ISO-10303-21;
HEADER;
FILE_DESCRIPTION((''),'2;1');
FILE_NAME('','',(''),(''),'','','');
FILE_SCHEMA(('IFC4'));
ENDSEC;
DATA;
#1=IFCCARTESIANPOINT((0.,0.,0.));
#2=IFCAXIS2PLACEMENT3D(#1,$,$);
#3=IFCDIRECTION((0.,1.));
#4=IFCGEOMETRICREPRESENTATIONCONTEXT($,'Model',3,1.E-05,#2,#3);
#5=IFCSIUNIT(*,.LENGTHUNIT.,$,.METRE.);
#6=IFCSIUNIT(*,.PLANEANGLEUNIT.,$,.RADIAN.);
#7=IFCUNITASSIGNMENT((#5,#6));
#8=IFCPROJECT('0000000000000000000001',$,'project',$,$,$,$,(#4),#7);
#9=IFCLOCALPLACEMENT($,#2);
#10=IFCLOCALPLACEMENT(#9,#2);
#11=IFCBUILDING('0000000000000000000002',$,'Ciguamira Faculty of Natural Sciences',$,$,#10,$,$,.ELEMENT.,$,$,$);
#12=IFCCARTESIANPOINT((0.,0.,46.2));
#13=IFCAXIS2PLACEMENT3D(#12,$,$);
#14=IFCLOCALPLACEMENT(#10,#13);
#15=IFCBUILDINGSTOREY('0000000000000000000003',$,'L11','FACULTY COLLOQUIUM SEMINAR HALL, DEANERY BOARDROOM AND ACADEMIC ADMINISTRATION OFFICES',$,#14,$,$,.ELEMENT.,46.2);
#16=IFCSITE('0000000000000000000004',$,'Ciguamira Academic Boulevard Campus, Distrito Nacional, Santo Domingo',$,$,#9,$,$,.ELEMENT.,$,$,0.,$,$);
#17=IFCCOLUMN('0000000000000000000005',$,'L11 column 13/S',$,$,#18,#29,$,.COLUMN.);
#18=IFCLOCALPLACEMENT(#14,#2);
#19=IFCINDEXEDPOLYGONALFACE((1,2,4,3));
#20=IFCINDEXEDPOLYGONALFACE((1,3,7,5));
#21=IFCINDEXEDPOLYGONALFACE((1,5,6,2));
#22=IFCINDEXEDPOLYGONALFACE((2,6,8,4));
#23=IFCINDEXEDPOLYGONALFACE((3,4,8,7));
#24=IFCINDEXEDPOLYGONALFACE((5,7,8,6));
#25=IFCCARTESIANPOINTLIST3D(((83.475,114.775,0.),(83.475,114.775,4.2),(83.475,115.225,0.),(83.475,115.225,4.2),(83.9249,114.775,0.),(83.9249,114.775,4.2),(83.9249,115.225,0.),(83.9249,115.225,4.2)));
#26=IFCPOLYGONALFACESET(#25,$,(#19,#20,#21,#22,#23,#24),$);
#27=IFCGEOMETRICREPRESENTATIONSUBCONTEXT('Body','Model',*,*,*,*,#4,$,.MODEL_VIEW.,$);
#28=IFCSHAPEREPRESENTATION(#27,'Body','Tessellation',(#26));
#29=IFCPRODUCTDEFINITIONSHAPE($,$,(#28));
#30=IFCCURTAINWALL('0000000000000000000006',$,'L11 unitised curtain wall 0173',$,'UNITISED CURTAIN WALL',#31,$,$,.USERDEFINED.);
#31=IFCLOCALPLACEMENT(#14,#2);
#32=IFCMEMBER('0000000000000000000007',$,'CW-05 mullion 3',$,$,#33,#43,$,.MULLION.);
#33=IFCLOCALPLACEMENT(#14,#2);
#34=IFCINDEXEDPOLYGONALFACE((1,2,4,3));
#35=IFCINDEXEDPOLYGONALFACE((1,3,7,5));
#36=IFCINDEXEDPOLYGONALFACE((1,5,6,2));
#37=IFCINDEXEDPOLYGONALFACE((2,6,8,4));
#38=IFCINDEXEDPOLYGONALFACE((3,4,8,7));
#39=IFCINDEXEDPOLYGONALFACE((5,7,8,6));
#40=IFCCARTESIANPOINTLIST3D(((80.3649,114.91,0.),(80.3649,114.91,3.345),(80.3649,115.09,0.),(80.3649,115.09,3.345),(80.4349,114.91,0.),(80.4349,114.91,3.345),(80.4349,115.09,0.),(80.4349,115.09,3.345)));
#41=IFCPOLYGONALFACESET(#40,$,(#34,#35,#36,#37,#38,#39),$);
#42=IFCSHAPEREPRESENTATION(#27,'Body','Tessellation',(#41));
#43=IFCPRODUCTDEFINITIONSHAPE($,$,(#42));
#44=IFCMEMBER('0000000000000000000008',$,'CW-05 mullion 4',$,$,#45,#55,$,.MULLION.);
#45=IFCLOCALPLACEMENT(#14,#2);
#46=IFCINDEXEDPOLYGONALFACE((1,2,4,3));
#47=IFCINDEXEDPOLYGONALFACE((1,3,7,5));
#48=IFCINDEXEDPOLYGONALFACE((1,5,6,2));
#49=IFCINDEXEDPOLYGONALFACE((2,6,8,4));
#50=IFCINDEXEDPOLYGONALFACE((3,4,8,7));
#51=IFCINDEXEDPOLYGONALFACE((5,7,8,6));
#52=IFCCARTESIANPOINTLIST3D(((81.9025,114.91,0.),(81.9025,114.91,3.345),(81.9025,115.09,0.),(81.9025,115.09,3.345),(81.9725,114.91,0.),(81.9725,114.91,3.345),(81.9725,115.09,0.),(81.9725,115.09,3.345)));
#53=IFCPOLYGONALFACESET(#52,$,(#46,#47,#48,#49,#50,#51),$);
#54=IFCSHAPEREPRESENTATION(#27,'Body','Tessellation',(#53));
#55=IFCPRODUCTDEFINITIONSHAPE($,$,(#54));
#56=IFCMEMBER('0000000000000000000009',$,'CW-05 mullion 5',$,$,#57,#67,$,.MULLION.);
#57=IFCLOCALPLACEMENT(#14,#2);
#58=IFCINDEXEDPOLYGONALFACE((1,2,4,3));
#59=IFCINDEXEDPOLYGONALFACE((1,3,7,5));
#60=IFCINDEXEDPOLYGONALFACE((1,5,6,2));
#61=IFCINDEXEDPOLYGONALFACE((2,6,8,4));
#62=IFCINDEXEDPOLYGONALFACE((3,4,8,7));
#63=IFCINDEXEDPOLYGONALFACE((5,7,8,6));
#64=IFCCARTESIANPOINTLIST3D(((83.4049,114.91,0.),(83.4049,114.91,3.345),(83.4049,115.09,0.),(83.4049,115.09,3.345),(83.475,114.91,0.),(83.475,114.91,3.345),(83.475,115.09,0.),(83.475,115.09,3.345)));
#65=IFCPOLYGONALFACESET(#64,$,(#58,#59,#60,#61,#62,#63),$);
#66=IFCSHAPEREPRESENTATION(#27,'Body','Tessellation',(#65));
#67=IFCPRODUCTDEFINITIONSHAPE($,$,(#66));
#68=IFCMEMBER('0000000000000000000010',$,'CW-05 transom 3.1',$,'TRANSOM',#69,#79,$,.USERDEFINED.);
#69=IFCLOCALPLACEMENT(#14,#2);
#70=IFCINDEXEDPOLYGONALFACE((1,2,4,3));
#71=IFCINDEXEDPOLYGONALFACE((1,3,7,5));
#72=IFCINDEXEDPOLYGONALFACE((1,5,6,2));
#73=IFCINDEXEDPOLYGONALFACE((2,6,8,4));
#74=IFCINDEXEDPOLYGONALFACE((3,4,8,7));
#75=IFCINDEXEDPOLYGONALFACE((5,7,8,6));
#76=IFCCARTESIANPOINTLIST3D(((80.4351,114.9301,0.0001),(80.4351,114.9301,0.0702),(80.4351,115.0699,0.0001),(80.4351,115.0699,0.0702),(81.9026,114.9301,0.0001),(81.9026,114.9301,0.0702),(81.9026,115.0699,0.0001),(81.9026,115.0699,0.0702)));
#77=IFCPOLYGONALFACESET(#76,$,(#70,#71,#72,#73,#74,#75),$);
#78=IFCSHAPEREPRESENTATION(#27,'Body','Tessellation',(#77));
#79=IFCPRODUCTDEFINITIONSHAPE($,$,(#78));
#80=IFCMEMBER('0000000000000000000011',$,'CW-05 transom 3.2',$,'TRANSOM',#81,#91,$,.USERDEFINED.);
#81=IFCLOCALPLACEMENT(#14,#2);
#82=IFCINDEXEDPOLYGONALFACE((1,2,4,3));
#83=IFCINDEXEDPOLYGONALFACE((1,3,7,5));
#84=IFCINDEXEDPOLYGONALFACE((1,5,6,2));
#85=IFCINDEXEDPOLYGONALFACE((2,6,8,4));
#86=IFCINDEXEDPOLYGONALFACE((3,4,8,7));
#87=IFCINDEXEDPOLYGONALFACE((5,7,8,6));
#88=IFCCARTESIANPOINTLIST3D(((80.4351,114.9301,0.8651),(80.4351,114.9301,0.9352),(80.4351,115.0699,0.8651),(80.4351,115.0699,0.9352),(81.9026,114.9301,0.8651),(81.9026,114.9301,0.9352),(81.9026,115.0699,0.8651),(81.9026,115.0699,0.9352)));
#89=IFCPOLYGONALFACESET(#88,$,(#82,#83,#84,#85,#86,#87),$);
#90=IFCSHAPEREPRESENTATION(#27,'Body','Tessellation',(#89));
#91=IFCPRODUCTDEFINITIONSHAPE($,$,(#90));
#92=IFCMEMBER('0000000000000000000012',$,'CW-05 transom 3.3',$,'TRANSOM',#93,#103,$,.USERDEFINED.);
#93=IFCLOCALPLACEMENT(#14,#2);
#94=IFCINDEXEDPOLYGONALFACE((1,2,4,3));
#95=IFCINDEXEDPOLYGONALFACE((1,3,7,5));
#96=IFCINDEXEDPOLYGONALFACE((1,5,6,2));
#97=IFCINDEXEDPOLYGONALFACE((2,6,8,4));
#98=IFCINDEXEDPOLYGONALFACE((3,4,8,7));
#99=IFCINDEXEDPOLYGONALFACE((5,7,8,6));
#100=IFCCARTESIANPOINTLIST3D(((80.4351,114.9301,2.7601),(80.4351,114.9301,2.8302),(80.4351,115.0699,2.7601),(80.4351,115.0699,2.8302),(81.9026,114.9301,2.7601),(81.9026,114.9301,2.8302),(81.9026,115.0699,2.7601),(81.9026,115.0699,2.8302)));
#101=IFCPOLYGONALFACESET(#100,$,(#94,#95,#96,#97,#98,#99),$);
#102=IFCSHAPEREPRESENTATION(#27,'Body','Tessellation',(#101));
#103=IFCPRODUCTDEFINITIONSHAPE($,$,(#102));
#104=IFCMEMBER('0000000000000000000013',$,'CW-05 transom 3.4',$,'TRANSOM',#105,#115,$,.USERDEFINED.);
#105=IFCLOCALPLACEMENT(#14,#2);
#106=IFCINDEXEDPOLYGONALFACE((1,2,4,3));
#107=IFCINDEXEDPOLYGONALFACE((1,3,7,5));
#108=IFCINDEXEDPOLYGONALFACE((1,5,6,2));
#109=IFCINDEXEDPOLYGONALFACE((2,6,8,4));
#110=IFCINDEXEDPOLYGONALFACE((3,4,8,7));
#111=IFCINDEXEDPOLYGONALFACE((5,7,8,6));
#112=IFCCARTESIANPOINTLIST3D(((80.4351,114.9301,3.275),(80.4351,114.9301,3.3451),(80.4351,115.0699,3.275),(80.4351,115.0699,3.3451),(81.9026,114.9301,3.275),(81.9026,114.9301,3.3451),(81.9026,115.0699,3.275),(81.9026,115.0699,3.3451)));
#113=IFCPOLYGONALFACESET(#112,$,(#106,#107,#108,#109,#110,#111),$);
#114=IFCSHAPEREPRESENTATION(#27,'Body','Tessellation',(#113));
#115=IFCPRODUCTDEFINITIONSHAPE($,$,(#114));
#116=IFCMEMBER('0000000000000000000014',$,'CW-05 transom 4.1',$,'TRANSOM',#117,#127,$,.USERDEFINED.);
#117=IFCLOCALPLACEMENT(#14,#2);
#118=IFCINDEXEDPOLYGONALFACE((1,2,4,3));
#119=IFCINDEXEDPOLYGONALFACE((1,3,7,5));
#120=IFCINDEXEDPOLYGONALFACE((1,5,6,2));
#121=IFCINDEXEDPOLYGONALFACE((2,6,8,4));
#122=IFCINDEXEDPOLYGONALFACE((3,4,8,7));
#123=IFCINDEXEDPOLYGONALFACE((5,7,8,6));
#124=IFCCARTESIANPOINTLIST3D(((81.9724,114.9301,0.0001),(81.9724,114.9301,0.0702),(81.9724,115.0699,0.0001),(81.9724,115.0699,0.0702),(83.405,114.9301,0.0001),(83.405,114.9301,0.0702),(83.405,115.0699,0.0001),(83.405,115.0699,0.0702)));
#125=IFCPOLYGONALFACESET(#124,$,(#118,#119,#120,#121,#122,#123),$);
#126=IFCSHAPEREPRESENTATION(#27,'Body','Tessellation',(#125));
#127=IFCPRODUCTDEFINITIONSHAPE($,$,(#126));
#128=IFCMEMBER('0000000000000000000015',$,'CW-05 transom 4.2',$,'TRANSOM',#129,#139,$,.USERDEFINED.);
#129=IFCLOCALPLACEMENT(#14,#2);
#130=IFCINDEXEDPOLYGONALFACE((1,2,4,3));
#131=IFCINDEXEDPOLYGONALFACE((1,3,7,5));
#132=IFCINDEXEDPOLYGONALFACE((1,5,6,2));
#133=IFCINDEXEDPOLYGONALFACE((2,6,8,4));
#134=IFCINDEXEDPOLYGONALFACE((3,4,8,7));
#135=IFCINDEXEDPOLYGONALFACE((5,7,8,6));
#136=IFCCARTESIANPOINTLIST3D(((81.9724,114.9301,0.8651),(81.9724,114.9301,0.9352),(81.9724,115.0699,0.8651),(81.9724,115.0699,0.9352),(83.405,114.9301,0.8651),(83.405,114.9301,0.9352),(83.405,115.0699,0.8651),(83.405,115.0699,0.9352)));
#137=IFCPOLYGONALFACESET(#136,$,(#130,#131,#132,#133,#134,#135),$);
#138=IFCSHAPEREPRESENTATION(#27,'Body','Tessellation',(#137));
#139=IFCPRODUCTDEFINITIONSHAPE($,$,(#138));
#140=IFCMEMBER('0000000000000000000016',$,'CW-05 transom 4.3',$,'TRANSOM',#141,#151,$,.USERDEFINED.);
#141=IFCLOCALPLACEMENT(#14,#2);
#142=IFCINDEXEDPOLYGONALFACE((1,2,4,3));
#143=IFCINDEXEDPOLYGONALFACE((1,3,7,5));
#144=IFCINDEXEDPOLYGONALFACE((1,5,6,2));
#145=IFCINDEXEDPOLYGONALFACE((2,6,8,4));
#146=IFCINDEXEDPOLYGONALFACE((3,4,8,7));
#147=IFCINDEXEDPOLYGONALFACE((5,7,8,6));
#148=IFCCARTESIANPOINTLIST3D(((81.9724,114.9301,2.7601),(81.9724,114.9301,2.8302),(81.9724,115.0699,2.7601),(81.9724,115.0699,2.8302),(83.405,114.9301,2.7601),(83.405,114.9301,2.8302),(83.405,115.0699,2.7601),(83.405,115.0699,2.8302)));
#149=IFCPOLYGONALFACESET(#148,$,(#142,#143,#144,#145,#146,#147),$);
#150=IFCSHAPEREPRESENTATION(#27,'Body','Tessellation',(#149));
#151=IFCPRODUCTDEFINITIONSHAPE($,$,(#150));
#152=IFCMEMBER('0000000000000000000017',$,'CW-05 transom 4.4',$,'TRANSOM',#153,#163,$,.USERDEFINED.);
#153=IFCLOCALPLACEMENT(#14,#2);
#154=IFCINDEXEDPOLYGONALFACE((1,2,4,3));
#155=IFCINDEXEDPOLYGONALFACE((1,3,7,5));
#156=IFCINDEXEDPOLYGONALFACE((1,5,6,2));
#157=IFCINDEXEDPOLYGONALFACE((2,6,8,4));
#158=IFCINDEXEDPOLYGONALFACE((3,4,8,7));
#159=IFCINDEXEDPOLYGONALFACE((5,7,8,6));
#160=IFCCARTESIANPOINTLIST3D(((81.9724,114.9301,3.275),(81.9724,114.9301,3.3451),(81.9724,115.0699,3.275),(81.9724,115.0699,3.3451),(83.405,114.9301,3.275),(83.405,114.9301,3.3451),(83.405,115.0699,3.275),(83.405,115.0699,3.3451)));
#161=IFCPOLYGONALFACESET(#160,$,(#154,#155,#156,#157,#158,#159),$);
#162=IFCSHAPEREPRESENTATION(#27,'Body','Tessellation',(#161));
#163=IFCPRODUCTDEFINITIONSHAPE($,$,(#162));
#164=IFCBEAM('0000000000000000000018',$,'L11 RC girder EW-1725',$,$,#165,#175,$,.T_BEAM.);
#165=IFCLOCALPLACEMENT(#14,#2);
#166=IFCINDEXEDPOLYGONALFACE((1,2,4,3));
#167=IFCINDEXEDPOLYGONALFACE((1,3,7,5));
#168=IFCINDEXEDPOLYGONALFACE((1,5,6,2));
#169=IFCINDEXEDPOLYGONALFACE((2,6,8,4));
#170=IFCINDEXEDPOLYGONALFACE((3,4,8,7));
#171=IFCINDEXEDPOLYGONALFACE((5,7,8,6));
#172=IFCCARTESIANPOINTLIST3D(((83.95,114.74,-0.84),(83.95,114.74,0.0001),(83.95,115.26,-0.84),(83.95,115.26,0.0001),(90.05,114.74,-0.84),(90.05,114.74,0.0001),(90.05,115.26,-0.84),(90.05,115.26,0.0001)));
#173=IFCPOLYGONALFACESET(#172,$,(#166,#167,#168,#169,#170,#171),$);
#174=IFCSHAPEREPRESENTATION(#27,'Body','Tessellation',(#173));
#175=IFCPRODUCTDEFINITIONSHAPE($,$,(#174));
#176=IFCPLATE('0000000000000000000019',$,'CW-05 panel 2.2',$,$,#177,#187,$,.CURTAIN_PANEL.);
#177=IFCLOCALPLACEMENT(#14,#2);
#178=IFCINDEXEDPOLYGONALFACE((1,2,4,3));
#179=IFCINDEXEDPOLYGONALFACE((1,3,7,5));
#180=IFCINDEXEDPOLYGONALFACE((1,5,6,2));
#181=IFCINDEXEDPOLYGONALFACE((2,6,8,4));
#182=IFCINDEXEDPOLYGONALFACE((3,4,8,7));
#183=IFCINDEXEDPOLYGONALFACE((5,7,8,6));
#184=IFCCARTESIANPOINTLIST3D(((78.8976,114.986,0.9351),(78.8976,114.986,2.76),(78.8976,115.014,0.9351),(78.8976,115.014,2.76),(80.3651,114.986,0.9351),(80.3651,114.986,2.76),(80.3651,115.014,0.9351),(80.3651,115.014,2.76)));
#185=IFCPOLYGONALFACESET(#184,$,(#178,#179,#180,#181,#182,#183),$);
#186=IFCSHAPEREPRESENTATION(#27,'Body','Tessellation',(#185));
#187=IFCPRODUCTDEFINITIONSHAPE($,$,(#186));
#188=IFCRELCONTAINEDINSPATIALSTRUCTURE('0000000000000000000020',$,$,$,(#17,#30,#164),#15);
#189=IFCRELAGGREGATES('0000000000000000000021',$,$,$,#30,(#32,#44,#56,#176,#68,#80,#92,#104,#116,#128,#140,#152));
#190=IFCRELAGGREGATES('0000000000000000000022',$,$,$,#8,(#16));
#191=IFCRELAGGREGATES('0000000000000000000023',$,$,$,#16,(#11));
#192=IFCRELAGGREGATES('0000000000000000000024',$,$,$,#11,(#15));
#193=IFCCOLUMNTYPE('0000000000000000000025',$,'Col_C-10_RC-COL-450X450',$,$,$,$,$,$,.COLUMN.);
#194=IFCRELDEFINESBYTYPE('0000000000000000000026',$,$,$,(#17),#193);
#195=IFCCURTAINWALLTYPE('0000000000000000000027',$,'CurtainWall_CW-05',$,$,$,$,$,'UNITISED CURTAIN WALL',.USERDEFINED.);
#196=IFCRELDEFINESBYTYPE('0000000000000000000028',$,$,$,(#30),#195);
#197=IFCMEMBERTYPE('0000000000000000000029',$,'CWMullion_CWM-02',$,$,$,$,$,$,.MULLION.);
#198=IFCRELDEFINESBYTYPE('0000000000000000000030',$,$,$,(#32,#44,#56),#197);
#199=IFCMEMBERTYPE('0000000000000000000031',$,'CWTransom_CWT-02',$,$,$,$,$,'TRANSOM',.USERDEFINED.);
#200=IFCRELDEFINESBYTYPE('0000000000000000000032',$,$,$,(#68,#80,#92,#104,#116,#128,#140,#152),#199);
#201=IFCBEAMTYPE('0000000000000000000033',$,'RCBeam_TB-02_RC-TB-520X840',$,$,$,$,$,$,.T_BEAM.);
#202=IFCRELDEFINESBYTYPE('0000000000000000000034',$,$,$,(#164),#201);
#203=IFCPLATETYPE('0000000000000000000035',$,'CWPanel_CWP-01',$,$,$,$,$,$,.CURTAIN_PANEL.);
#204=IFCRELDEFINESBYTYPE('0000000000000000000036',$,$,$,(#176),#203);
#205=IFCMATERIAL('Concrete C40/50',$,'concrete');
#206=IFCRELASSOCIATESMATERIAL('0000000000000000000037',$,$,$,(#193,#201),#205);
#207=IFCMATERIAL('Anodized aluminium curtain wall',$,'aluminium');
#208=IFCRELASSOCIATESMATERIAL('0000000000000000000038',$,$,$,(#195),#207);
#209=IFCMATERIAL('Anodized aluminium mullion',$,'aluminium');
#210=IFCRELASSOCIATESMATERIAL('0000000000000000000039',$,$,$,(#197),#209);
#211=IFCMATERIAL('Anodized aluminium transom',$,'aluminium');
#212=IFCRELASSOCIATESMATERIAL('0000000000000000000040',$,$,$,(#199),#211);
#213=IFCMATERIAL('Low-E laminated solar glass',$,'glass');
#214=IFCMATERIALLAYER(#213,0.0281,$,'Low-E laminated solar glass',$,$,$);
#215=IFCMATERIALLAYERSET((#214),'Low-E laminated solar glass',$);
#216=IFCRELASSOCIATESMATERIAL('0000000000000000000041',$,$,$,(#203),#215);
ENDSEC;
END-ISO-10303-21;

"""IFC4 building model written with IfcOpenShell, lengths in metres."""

from ifc_helpers import new_model, si_unit, direction, frame, origin, origin_2d, place, context, subcontext, project, spatial, rectangle, extrude, material, layer, layer_set, material_profile, profile_set, type_object, element, aggregate, save


model = new_model("IFC4")

# Units and contexts
model_context = context("Model", 3, precision=1e-05, world=origin(), true_north=direction((0.0, 1.0)))
body_context = subcontext(model_context, "Body", "Model", "MODEL_VIEW")
ifc_project = project(units=[si_unit("LENGTHUNIT", "METRE"), si_unit("PLANEANGLEUNIT", "RADIAN")], contexts=[model_context])

# Site, building, storey
site_placement = place(None, origin())
site = spatial("IfcSite", under=ifc_project, at=site_placement, Name="Ciguamira Academic Boulevard Campus, Distrito Nacional, Santo Domingo", CompositionType="ELEMENT", RefElevation=0.0)
building_placement = place(site_placement, origin())
building = spatial("IfcBuilding", under=site, at=building_placement, Name="Ciguamira Faculty of Natural Sciences", CompositionType="ELEMENT")
storey_placement = place(building_placement, frame((0.0, 0.0, 46.2)))
storey = spatial("IfcBuildingStorey", under=building, at=storey_placement, Name="L11", Description="FACULTY COLLOQUIUM SEMINAR HALL, DEANERY BOARDROOM AND ACADEMIC ADMINISTRATION OFFICES", CompositionType="ELEMENT", Elevation=46.2)

# Column
ifc_material_1 = material(Name="Concrete C40/50", Category="concrete")
ifc_material_profile_1 = material_profile(ifc_material_1, rectangle(XDim=0.45, YDim=0.45, at=origin_2d()), Name="RC-COL-450X450")
ifc_profile_set_1 = profile_set([ifc_material_profile_1], Name="Concrete C40/50")
column_type = type_object("IfcColumnType", Name="Col_C-10_RC-COL-450X450", PredefinedType="COLUMN", material=ifc_profile_set_1)
column_placement = place(storey_placement, frame((83.7, 115.0, 0.0), z_axis=(0.0, 0.0, 1.0), x_axis=(1.0, 0.0, 0.0)))
element("IfcColumn", 1, at=column_placement, inside=storey, type_object=column_type, Name="L11 column 13/S", PredefinedType="COLUMN", context=body_context, shape_type="SweptSolid", body=[
    extrude(rectangle(XDim=0.45, YDim=0.45, at=origin_2d()), origin(), (0.0, 0.0, 1.0), 4.2),
])

# Curtain wall, members
ifc_material_2 = material(Name="Anodized aluminium curtain wall", Category="aluminium")
curtain_wall_type = type_object("IfcCurtainWallType", Name="CurtainWall_CW-05", ElementType="UNITISED CURTAIN WALL", PredefinedType="USERDEFINED", material=ifc_material_2)
curtain_wall_placement = place(storey_placement, origin())
curtain_wall = element("IfcCurtainWall", 2, at=curtain_wall_placement, inside=storey, type_object=curtain_wall_type, Name="L11 unitised curtain wall 0173", ObjectType="UNITISED CURTAIN WALL", PredefinedType="USERDEFINED")
ifc_material_3 = material(Name="Anodized aluminium mullion", Category="aluminium")
ifc_material_profile_2 = material_profile(ifc_material_3, rectangle(XDim=0.0701, YDim=0.1799, at=origin_2d()), Name="ALU-MUL-70X180")
ifc_profile_set_2 = profile_set([ifc_material_profile_2], Name="Anodized aluminium mullion")
member_type_1 = type_object("IfcMemberType", Name="CWMullion_CWM-02", PredefinedType="MULLION", material=ifc_profile_set_2)
member_1_placement = place(storey_placement, frame((80.3999, 115.0, 0.0), z_axis=(0.0, 0.0, 1.0), x_axis=(1.0, 0.0, 0.0)))
member_1 = element("IfcMember", 3, at=member_1_placement, type_object=member_type_1, Name="CW-05 mullion 3", PredefinedType="MULLION", context=body_context, shape_type="SweptSolid", body=[
    extrude(rectangle(XDim=0.0701, YDim=0.1799, at=origin_2d()), origin(), (0.0, 0.0, 1.0), 3.345),
])
member_2_placement = place(storey_placement, frame((81.9375, 115.0, 0.0), z_axis=(0.0, 0.0, 1.0), x_axis=(1.0, 0.0, 0.0)))
member_2 = element("IfcMember", 4, at=member_2_placement, type_object=member_type_1, Name="CW-05 mullion 4", PredefinedType="MULLION", context=body_context, shape_type="SweptSolid", body=[
    extrude(rectangle(XDim=0.0701, YDim=0.1799, at=origin_2d()), origin(), (0.0, 0.0, 1.0), 3.345),
])
member_3_placement = place(storey_placement, frame((83.4399, 115.0, 0.0), z_axis=(0.0, 0.0, 1.0), x_axis=(1.0, 0.0, 0.0)))
member_3 = element("IfcMember", 5, at=member_3_placement, type_object=member_type_1, Name="CW-05 mullion 5", PredefinedType="MULLION", context=body_context, shape_type="SweptSolid", body=[
    extrude(rectangle(XDim=0.0701, YDim=0.1799, at=origin_2d()), origin(), (0.0, 0.0, 1.0), 3.345),
])
ifc_material_4 = material(Name="Anodized aluminium transom", Category="aluminium")
ifc_material_profile_3 = material_profile(ifc_material_4, rectangle(XDim=0.0701, YDim=0.1399, at=origin_2d()), Name="ALU-TRN-70X140")
ifc_profile_set_3 = profile_set([ifc_material_profile_3], Name="Anodized aluminium transom")
member_type_2 = type_object("IfcMemberType", Name="CWTransom_CWT-02", ElementType="TRANSOM", PredefinedType="USERDEFINED", material=ifc_profile_set_3)
member_4_placement = place(storey_placement, frame((80.4351, 115.0, 0.0352), z_axis=(1.0, 0.0, 0.0), x_axis=(0.0, 0.0, 1.0)))
member_4 = element("IfcMember", 6, at=member_4_placement, type_object=member_type_2, Name="CW-05 transom 3.1", ObjectType="TRANSOM", PredefinedType="USERDEFINED", context=body_context, shape_type="SweptSolid", body=[
    extrude(rectangle(XDim=0.0701, YDim=0.1399, at=origin_2d()), origin(), (0.0, 0.0, 1.0), 1.4675),
])
member_5_placement = place(storey_placement, frame((80.4351, 115.0, 0.9001), z_axis=(1.0, 0.0, 0.0), x_axis=(0.0, 0.0, 1.0)))
member_5 = element("IfcMember", 7, at=member_5_placement, type_object=member_type_2, Name="CW-05 transom 3.2", ObjectType="TRANSOM", PredefinedType="USERDEFINED", context=body_context, shape_type="SweptSolid", body=[
    extrude(rectangle(XDim=0.0701, YDim=0.1399, at=origin_2d()), origin(), (0.0, 0.0, 1.0), 1.4675),
])
member_6_placement = place(storey_placement, frame((80.4351, 115.0, 2.7952), z_axis=(1.0, 0.0, 0.0), x_axis=(0.0, 0.0, 1.0)))
member_6 = element("IfcMember", 8, at=member_6_placement, type_object=member_type_2, Name="CW-05 transom 3.3", ObjectType="TRANSOM", PredefinedType="USERDEFINED", context=body_context, shape_type="SweptSolid", body=[
    extrude(rectangle(XDim=0.0701, YDim=0.1399, at=origin_2d()), origin(), (0.0, 0.0, 1.0), 1.4675),
])
member_7_placement = place(storey_placement, frame((80.4351, 115.0, 3.3101), z_axis=(1.0, 0.0, 0.0), x_axis=(0.0, 0.0, 1.0)))
member_7 = element("IfcMember", 9, at=member_7_placement, type_object=member_type_2, Name="CW-05 transom 3.4", ObjectType="TRANSOM", PredefinedType="USERDEFINED", context=body_context, shape_type="SweptSolid", body=[
    extrude(rectangle(XDim=0.0701, YDim=0.1399, at=origin_2d()), origin(), (0.0, 0.0, 1.0), 1.4675),
])
member_8_placement = place(storey_placement, frame((81.9724, 115.0, 0.0352), z_axis=(1.0, 0.0, 0.0), x_axis=(0.0, 0.0, 1.0)))
member_8 = element("IfcMember", 10, at=member_8_placement, type_object=member_type_2, Name="CW-05 transom 4.1", ObjectType="TRANSOM", PredefinedType="USERDEFINED", context=body_context, shape_type="SweptSolid", body=[
    extrude(rectangle(XDim=0.0701, YDim=0.1399, at=origin_2d()), origin(), (0.0, 0.0, 1.0), 1.4326),
])
member_9_placement = place(storey_placement, frame((81.9724, 115.0, 0.9001), z_axis=(1.0, 0.0, 0.0), x_axis=(0.0, 0.0, 1.0)))
member_9 = element("IfcMember", 11, at=member_9_placement, type_object=member_type_2, Name="CW-05 transom 4.2", ObjectType="TRANSOM", PredefinedType="USERDEFINED", context=body_context, shape_type="SweptSolid", body=[
    extrude(rectangle(XDim=0.0701, YDim=0.1399, at=origin_2d()), origin(), (0.0, 0.0, 1.0), 1.4326),
])
member_10_placement = place(storey_placement, frame((81.9724, 115.0, 2.7952), z_axis=(1.0, 0.0, 0.0), x_axis=(0.0, 0.0, 1.0)))
member_10 = element("IfcMember", 12, at=member_10_placement, type_object=member_type_2, Name="CW-05 transom 4.3", ObjectType="TRANSOM", PredefinedType="USERDEFINED", context=body_context, shape_type="SweptSolid", body=[
    extrude(rectangle(XDim=0.0701, YDim=0.1399, at=origin_2d()), origin(), (0.0, 0.0, 1.0), 1.4326),
])
member_11_placement = place(storey_placement, frame((81.9724, 115.0, 3.3101), z_axis=(1.0, 0.0, 0.0), x_axis=(0.0, 0.0, 1.0)))
member_11 = element("IfcMember", 13, at=member_11_placement, type_object=member_type_2, Name="CW-05 transom 4.4", ObjectType="TRANSOM", PredefinedType="USERDEFINED", context=body_context, shape_type="SweptSolid", body=[
    extrude(rectangle(XDim=0.0701, YDim=0.1399, at=origin_2d()), origin(), (0.0, 0.0, 1.0), 1.4326),
])

# Beam
ifc_material_profile_4 = material_profile(ifc_material_1, rectangle(XDim=0.52, YDim=0.8401, at=origin_2d()), Name="RC-TB-520X840")
ifc_profile_set_4 = profile_set([ifc_material_profile_4], Name="Concrete C40/50")
beam_type = type_object("IfcBeamType", Name="RCBeam_TB-02_RC-TB-520X840", PredefinedType="T_BEAM", material=ifc_profile_set_4)
beam_placement = place(storey_placement, frame((83.95, 115.0, -0.4199), z_axis=(1.0, 0.0, 0.0), x_axis=(0.0, 1.0, 0.0)))
element("IfcBeam", 14, at=beam_placement, inside=storey, type_object=beam_type, Name="L11 RC girder EW-1725", PredefinedType="T_BEAM", context=body_context, shape_type="SweptSolid", body=[
    extrude(rectangle(XDim=0.52, YDim=0.8401, at=origin_2d()), origin(), (0.0, 0.0, 1.0), 6.1001),
])

# Plate
ifc_material_5 = material(Name="Low-E laminated solar glass", Category="glass")
ifc_layer_1 = layer(ifc_material_5, 0.0281, Name="Low-E laminated solar glass")
ifc_layer_set_1 = layer_set([ifc_layer_1], Name="Low-E laminated solar glass")
plate_type = type_object("IfcPlateType", Name="CWPanel_CWP-01", PredefinedType="CURTAIN_PANEL", material=ifc_layer_set_1)
plate_1_placement = place(storey_placement, frame((79.6313, 115.0, 0.9351), z_axis=(0.0, 0.0, 1.0), x_axis=(1.0, 0.0, 0.0)))
plate_1 = element("IfcPlate", 15, at=plate_1_placement, type_object=plate_type, Name="CW-05 panel 2.2", PredefinedType="CURTAIN_PANEL", context=body_context, shape_type="SweptSolid", body=[
    extrude(rectangle(XDim=1.4675, YDim=0.0281, at=origin_2d()), origin(), (0.0, 0.0, 1.0), 1.825),
])
aggregate(curtain_wall, [member_1, member_2, member_3, plate_1, member_4, member_5, member_6, member_7, member_8, member_9, member_10, member_11])

save(model, "model.ifc")
